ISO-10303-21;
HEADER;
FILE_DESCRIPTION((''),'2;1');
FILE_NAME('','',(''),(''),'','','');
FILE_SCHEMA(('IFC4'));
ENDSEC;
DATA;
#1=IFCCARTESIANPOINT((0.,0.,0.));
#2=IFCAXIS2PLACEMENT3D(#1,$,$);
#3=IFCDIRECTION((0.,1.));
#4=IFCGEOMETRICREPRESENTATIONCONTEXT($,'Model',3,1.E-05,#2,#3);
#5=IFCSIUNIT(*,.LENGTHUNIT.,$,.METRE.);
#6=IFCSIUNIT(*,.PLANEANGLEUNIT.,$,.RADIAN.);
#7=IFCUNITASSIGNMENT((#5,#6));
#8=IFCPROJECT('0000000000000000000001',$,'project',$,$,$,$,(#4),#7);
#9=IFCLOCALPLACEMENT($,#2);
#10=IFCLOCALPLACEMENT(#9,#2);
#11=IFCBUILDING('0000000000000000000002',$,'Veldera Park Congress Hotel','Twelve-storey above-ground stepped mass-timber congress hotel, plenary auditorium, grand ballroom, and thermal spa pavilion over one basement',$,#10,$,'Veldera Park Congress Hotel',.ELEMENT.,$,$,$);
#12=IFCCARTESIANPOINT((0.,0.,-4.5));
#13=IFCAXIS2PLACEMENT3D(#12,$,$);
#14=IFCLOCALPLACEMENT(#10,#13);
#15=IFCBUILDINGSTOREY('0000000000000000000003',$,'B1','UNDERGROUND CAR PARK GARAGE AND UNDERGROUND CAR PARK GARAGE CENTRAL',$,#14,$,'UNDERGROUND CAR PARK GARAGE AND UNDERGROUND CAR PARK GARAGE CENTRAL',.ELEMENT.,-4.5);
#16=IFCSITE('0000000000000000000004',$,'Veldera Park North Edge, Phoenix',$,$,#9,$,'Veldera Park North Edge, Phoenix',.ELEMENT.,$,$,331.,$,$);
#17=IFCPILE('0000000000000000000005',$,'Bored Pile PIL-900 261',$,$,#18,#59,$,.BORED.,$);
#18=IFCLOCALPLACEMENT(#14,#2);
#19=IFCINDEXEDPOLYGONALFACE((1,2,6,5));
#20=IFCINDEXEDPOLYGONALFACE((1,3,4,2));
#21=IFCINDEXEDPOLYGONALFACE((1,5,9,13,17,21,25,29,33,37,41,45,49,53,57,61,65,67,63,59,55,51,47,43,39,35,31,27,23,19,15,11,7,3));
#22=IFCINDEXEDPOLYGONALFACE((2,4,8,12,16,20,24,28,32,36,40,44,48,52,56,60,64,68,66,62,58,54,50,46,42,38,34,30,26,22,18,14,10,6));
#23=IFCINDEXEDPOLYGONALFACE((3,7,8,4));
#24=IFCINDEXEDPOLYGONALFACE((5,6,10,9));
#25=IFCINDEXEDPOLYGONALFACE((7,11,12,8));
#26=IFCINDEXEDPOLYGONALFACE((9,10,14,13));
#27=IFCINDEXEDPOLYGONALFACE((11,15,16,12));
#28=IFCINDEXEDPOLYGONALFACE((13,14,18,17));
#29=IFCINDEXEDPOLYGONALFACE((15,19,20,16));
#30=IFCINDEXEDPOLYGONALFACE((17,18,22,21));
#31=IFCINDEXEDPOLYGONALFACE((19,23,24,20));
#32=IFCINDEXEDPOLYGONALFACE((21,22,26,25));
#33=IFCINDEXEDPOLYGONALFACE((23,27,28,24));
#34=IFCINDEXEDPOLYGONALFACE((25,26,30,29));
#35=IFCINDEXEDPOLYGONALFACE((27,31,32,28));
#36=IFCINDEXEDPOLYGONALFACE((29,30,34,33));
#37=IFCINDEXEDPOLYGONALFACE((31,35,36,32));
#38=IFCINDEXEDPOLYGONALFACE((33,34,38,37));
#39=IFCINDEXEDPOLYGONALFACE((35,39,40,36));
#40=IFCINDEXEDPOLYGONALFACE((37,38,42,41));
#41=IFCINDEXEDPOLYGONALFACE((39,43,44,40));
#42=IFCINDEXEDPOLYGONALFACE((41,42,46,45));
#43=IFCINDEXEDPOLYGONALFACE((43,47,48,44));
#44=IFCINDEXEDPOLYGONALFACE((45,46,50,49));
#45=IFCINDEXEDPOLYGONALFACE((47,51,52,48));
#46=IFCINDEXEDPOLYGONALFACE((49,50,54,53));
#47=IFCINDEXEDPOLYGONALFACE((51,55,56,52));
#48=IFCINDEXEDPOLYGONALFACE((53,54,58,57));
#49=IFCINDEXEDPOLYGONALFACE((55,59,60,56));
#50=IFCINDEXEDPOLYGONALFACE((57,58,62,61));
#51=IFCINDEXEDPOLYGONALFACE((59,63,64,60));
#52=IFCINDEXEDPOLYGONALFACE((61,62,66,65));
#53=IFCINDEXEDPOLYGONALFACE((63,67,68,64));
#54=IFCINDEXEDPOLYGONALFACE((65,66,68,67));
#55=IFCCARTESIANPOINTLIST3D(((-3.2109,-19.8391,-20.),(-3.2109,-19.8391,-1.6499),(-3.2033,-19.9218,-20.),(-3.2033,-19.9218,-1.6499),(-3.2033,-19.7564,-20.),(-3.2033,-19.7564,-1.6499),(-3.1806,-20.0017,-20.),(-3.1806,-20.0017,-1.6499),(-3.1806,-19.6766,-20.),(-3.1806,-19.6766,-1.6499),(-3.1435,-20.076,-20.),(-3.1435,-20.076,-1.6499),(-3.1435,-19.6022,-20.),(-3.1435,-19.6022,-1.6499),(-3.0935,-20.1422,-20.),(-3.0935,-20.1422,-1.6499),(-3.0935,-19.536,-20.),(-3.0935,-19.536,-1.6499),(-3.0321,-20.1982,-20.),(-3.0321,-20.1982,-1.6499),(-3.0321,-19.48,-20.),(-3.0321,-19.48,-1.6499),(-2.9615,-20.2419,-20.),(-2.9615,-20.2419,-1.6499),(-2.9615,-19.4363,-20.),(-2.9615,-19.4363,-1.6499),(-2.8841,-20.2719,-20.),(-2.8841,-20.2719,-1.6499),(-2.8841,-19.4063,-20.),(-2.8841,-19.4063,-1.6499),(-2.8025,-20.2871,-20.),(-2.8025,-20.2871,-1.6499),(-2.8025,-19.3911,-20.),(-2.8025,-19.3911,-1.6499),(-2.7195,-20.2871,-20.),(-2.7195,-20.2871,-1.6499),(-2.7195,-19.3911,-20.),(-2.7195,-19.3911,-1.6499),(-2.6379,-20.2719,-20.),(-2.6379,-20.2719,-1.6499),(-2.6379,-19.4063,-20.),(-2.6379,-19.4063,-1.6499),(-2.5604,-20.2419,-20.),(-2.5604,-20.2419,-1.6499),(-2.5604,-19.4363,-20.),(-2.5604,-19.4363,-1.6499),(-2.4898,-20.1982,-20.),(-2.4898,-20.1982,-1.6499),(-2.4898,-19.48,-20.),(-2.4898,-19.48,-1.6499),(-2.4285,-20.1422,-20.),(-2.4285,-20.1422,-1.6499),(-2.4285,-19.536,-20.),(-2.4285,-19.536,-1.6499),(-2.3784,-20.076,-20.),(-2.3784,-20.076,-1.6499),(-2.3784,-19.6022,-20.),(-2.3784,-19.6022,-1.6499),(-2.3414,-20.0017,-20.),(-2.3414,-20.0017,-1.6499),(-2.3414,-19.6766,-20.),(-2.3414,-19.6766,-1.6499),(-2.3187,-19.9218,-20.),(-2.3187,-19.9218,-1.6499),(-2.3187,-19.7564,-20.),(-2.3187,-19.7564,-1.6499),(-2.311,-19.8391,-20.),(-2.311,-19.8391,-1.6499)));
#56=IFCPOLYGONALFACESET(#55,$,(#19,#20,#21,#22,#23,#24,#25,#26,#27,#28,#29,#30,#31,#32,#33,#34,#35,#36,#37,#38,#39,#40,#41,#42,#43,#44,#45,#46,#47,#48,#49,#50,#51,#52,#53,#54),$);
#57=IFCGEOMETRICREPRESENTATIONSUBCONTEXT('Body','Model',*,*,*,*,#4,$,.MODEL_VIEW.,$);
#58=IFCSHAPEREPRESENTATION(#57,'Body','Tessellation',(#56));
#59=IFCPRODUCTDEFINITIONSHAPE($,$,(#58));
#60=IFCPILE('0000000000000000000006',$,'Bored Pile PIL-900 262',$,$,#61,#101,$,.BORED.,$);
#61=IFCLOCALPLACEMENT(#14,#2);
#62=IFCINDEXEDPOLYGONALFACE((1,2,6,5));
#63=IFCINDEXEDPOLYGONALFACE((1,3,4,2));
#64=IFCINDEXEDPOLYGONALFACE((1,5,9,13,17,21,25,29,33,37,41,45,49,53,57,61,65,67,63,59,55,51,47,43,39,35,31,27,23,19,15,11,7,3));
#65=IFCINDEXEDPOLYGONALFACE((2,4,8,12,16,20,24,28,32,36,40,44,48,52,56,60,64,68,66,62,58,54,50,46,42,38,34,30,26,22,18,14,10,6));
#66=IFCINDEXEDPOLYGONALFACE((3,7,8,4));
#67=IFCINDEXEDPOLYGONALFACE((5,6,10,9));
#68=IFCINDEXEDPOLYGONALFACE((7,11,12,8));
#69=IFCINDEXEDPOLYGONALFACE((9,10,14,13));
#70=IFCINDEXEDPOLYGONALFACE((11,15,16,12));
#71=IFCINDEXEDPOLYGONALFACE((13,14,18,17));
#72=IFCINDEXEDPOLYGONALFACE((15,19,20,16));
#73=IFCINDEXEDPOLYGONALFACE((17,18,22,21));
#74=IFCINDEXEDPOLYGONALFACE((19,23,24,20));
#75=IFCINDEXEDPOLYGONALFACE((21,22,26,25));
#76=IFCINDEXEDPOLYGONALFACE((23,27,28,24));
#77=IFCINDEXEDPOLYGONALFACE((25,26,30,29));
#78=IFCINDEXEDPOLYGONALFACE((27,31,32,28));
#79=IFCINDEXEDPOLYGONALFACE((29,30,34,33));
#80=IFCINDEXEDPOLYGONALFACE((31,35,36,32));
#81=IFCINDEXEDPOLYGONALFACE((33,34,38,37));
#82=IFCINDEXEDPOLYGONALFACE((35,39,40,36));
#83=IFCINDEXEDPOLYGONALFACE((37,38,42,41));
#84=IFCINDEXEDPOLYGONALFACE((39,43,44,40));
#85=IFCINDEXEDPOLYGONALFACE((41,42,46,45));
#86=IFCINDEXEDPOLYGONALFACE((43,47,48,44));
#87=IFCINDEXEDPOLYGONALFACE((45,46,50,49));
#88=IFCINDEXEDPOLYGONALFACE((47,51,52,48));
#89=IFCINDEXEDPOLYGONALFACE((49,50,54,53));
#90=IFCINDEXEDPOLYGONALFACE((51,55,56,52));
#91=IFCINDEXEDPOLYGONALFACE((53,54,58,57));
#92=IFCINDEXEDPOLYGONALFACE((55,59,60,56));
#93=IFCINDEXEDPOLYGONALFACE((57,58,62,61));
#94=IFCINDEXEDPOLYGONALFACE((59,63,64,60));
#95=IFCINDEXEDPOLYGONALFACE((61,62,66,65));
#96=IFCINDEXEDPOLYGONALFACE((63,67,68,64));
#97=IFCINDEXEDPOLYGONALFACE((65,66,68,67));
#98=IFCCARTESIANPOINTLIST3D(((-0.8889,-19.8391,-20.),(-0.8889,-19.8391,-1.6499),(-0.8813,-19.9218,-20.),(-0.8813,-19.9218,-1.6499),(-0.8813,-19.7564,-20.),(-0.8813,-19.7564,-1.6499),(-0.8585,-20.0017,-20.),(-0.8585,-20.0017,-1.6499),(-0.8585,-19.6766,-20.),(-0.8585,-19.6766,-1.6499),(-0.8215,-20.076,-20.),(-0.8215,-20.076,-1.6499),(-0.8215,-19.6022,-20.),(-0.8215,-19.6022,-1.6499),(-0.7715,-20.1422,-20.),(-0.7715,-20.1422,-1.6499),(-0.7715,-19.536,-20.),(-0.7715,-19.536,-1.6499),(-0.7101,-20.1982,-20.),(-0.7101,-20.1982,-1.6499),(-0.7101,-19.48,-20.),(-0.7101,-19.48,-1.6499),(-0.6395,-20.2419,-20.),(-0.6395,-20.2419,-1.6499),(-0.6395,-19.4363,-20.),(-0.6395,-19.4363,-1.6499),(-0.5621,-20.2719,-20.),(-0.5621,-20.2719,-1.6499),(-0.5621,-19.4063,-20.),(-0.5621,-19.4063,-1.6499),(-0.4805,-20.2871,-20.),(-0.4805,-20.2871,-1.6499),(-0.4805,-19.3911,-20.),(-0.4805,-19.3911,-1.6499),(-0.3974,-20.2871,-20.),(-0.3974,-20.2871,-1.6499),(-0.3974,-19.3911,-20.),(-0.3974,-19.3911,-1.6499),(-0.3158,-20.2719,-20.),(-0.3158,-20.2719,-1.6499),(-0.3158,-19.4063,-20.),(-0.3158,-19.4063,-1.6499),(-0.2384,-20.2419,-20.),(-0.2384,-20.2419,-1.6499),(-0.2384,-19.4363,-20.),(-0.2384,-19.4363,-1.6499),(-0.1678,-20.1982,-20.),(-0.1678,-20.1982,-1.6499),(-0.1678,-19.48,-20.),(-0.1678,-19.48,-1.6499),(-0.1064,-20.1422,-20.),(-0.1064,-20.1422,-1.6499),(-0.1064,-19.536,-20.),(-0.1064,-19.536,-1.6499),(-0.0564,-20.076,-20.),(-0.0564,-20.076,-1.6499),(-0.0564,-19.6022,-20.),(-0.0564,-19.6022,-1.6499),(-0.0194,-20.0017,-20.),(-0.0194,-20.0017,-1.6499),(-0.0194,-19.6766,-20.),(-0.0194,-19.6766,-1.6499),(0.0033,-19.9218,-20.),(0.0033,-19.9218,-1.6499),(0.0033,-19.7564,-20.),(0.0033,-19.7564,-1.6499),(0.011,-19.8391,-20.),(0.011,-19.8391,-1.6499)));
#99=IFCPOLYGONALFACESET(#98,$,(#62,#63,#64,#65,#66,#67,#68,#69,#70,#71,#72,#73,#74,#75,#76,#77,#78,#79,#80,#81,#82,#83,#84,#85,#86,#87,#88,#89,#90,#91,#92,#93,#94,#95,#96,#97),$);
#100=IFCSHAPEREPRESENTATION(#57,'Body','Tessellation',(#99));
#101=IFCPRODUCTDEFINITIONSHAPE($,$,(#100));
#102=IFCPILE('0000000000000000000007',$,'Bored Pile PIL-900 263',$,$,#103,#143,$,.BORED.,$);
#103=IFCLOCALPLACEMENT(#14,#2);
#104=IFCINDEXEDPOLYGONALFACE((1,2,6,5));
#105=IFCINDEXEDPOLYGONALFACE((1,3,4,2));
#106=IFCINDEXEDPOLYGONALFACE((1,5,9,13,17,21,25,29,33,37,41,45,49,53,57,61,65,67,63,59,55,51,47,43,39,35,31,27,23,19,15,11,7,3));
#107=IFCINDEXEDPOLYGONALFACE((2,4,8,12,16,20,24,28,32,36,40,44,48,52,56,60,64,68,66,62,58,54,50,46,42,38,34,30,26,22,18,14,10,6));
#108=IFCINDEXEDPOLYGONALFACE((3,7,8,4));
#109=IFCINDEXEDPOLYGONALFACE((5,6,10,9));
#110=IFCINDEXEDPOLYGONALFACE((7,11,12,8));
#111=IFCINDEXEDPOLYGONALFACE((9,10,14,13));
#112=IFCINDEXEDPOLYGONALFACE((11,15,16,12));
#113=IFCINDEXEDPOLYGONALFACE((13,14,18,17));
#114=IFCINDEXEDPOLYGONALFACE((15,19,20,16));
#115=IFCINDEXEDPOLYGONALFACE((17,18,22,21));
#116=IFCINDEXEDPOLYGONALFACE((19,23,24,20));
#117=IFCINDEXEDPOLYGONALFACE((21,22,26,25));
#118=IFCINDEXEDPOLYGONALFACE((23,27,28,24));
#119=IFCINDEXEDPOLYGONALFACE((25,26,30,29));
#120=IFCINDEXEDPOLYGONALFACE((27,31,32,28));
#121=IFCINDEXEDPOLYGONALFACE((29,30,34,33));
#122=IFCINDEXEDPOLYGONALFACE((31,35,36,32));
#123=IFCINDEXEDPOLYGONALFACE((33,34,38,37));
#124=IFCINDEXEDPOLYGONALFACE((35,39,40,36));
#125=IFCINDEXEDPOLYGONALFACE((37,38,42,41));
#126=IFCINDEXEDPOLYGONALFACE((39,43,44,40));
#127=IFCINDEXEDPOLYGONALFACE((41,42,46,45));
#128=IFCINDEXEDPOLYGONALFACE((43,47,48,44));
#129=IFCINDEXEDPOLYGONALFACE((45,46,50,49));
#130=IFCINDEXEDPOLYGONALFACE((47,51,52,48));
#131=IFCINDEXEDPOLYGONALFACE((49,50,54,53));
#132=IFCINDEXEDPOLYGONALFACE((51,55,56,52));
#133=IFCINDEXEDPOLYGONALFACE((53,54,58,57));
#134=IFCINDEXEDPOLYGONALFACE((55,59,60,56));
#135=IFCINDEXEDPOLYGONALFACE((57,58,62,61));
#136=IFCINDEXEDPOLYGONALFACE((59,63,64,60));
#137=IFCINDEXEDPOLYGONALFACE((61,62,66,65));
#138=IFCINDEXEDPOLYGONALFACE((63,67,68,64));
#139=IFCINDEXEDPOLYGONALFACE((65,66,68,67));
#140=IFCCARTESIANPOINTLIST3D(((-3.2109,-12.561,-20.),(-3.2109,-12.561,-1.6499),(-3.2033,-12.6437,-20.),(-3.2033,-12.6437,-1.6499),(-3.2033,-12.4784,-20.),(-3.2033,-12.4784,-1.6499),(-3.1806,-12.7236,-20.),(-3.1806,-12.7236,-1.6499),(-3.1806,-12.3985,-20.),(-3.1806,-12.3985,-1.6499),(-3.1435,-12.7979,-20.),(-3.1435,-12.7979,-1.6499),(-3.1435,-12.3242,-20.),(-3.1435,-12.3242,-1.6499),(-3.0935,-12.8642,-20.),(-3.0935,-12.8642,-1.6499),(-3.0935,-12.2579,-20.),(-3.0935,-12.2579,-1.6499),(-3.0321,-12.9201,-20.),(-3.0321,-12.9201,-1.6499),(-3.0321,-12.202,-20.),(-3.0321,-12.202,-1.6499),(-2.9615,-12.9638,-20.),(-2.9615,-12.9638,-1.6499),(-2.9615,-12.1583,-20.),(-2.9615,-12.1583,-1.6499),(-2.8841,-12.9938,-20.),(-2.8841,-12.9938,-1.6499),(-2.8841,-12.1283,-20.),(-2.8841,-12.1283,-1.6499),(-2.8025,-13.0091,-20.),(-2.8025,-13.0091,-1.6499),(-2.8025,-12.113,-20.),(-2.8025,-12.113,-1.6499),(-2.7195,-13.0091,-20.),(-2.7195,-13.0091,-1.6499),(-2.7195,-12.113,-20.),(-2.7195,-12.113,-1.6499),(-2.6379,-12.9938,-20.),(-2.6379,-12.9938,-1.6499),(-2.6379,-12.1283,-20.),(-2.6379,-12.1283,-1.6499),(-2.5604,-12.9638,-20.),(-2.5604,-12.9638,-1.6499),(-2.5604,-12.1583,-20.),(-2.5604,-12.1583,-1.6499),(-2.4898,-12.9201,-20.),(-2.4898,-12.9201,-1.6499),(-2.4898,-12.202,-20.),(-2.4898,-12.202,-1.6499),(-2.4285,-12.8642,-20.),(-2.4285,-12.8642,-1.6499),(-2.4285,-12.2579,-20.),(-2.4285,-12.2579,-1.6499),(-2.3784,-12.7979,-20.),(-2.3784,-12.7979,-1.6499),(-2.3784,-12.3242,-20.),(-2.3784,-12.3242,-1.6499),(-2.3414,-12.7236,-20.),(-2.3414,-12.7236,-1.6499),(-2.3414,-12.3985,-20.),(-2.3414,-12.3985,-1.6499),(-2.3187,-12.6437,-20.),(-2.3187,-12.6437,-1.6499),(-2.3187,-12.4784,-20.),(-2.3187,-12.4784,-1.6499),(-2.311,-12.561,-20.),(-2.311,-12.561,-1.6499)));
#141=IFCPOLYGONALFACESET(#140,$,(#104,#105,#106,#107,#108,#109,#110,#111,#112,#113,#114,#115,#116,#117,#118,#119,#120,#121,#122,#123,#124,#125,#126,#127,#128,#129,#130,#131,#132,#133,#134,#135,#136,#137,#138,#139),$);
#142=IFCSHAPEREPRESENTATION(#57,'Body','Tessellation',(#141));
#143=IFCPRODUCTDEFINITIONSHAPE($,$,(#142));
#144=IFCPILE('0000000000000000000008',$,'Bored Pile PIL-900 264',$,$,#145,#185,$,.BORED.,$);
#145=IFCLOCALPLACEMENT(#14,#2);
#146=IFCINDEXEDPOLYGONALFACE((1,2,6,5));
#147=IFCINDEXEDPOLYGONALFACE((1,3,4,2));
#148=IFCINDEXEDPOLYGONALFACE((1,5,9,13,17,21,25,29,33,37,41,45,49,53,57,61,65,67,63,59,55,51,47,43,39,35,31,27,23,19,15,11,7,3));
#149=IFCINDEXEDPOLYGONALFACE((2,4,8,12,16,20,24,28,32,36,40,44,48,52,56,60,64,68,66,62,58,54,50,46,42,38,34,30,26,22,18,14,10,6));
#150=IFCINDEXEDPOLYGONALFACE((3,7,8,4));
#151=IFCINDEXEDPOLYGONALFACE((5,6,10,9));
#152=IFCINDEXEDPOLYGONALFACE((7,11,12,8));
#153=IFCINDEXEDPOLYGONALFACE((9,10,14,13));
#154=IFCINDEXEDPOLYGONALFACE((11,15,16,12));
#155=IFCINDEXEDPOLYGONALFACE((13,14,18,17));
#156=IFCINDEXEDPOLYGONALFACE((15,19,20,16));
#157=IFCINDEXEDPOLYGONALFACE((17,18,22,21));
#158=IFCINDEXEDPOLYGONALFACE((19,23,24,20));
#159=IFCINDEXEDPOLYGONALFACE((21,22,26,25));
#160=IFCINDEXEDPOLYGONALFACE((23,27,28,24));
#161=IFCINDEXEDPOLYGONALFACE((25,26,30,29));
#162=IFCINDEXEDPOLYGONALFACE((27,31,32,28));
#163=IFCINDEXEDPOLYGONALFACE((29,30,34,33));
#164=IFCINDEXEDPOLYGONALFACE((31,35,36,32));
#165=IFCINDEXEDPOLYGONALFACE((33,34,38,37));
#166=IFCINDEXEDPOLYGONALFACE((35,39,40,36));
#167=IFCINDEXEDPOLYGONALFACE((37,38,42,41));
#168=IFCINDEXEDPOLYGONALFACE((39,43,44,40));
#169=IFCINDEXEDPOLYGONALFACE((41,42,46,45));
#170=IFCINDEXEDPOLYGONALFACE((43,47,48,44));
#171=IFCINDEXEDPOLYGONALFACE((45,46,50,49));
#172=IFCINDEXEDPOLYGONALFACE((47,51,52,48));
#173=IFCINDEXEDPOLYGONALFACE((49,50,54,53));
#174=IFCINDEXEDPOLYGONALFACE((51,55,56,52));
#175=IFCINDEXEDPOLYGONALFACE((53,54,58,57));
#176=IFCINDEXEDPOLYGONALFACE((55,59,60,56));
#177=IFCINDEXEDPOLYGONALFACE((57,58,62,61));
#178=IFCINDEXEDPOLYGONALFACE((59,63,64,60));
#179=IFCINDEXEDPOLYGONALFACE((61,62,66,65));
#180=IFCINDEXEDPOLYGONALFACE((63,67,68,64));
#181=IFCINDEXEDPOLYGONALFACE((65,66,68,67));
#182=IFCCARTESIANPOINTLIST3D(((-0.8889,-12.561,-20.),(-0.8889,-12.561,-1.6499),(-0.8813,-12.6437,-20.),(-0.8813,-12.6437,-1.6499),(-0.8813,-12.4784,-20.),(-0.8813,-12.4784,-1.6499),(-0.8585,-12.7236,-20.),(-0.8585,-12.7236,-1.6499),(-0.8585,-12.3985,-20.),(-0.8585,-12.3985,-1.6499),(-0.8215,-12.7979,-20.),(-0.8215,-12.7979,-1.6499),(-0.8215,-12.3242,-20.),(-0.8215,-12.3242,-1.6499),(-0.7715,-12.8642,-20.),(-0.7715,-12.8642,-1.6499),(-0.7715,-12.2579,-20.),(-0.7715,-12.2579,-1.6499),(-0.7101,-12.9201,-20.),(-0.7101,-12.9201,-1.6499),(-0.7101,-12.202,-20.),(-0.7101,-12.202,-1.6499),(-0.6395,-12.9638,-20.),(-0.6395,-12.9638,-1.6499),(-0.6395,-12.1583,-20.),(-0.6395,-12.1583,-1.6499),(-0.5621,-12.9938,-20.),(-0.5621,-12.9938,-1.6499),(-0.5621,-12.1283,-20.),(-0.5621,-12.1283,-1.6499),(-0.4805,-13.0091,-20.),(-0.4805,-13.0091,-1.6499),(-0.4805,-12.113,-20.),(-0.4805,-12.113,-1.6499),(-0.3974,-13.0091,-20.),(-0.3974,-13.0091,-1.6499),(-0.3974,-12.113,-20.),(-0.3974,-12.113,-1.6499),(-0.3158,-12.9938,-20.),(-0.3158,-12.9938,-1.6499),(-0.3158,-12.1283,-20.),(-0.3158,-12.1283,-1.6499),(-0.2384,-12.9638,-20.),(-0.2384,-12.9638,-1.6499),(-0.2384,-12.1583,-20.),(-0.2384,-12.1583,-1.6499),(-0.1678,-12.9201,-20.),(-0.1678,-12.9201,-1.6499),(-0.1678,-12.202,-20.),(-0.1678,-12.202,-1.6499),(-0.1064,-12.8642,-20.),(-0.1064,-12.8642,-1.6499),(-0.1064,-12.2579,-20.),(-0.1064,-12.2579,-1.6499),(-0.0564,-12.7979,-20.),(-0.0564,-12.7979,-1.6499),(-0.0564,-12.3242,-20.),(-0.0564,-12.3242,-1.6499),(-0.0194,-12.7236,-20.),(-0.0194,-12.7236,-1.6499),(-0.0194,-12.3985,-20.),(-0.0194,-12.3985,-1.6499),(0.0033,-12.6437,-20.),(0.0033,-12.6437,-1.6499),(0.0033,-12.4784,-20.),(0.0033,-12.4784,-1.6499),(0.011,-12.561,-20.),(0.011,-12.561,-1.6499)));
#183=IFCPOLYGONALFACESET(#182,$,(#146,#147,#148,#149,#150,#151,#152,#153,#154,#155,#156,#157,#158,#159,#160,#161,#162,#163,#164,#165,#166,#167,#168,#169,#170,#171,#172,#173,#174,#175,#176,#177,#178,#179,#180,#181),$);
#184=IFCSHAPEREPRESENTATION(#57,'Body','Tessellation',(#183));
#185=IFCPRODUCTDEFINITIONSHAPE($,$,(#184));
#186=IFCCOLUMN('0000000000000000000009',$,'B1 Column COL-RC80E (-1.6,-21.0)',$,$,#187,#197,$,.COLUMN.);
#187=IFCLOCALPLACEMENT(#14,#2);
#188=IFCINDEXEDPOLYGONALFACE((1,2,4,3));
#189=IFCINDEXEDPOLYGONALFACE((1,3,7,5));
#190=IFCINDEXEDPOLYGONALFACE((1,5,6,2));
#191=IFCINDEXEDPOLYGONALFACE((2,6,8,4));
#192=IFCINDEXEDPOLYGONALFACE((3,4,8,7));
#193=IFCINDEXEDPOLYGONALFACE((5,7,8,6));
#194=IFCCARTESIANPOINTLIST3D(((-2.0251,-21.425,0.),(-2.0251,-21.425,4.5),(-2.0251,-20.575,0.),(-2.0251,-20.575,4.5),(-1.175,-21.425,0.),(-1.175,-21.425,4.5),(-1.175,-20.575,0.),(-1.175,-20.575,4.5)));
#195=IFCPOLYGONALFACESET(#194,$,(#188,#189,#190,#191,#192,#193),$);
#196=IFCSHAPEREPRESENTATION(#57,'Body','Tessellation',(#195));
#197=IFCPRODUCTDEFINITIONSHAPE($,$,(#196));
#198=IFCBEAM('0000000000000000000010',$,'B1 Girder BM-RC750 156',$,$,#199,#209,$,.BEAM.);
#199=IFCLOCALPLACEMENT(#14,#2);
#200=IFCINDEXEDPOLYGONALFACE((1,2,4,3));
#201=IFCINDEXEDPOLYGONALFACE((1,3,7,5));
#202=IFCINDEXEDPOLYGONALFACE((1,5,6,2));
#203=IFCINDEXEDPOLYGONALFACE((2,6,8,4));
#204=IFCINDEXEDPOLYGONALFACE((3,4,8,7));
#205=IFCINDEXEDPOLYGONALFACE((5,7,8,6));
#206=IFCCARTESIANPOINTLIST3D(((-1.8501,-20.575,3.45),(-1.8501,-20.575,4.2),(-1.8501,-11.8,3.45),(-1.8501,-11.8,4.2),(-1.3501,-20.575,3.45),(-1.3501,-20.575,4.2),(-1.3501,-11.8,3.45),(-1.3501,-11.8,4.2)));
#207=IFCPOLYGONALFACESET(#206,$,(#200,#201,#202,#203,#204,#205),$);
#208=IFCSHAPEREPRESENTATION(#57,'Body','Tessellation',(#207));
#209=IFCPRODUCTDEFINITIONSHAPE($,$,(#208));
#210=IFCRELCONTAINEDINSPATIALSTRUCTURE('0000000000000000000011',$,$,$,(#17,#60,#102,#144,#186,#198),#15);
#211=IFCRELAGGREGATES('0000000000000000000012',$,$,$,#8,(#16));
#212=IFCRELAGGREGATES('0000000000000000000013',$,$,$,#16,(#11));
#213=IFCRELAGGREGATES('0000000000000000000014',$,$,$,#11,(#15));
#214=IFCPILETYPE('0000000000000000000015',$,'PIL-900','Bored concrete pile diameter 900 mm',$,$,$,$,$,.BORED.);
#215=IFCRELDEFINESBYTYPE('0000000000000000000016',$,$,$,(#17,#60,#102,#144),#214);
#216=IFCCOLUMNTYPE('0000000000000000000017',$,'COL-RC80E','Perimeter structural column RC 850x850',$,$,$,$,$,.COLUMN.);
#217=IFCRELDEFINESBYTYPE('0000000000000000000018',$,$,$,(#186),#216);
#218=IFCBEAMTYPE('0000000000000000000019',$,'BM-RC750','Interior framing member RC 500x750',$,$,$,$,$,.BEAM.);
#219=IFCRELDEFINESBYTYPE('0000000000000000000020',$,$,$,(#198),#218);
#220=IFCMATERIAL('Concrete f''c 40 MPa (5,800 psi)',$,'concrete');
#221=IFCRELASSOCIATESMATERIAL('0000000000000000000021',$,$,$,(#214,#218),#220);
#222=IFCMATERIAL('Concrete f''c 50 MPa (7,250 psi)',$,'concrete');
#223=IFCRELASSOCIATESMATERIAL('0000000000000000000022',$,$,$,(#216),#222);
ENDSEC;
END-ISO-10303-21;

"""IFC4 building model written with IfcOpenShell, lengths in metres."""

from ifc_helpers import new_model, si_unit, direction, frame, origin, origin_2d, place, context, subcontext, project, spatial, rectangle, circle, extrude, material, material_profile, profile_set, type_object, element, save


model = new_model("IFC4")

# Units and contexts
model_context = context("Model", 3, precision=1e-05, world=origin(), true_north=direction((0.0, 1.0)))
body_context = subcontext(model_context, "Body", "Model", "MODEL_VIEW")
ifc_project = project(units=[si_unit("LENGTHUNIT", "METRE"), si_unit("PLANEANGLEUNIT", "RADIAN")], contexts=[model_context])

# Site, building, storey
site_placement = place(None, origin())
site = spatial("IfcSite", under=ifc_project, at=site_placement, Name="Veldera Park North Edge, Phoenix", LongName="Veldera Park North Edge, Phoenix", CompositionType="ELEMENT", RefElevation=331.0)
building_placement = place(site_placement, origin())
building = spatial("IfcBuilding", under=site, at=building_placement, Name="Veldera Park Congress Hotel", Description="Twelve-storey above-ground stepped mass-timber congress hotel, plenary auditorium, grand ballroom, and thermal spa pavilion over one basement", LongName="Veldera Park Congress Hotel", CompositionType="ELEMENT")
storey_placement = place(building_placement, frame((0.0, 0.0, -4.5)))
storey = spatial("IfcBuildingStorey", under=building, at=storey_placement, Name="B1", Description="UNDERGROUND CAR PARK GARAGE AND UNDERGROUND CAR PARK GARAGE CENTRAL", LongName="UNDERGROUND CAR PARK GARAGE AND UNDERGROUND CAR PARK GARAGE CENTRAL", CompositionType="ELEMENT", Elevation=-4.5)

# Shared definitions
ifc_material_1 = material(Name="Concrete f'c 40 MPa (5,800 psi)", Category="concrete")

# Piles
ifc_material_profile_1 = material_profile(ifc_material_1, circle(Radius=0.45, at=origin_2d()), Name="PILE D900")
ifc_profile_set_1 = profile_set([ifc_material_profile_1], Name="Concrete f'c 40 MPa (5,800 psi)")
pile_type_1 = type_object("IfcPileType", Name="PIL-900", Description="Bored concrete pile diameter 900 mm", PredefinedType="BORED", material=ifc_profile_set_1)
for number, where, z_axis, x_axis, name in (
    (1, (-2.761, -19.8391, -1.6499), (0.0, 0.0, -1.0), (1.0, 0.0, 0.0), "Bored Pile PIL-900 261"),
    (2, (-0.439, -19.8391, -1.6499), (0.0, 0.0, -1.0), (1.0, 0.0, 0.0), "Bored Pile PIL-900 262"),
    (3, (-2.761, -12.561, -1.6499), (0.0, 0.0, -1.0), (1.0, 0.0, 0.0), "Bored Pile PIL-900 263"),
    (4, (-0.439, -12.561, -1.6499), (0.0, 0.0, -1.0), (1.0, 0.0, 0.0), "Bored Pile PIL-900 264"),
):
    element("IfcPile", number, at=place(storey_placement, frame(where, z_axis=z_axis, x_axis=x_axis)), inside=storey, type_object=pile_type_1, Name=name, PredefinedType="BORED", context=body_context, shape_type="SweptSolid", body=[
        extrude(circle(Radius=0.45, at=origin_2d()), origin(), (0.0, 0.0, 1.0), 18.3501),
    ])

# Column
ifc_material_2 = material(Name="Concrete f'c 50 MPa (7,250 psi)", Category="concrete")
ifc_material_profile_2 = material_profile(ifc_material_2, rectangle(XDim=0.8501, YDim=0.8501, at=origin_2d()), Name="RC 850x850")
ifc_profile_set_2 = profile_set([ifc_material_profile_2], Name="Concrete f'c 50 MPa (7,250 psi)")
column_type = type_object("IfcColumnType", Name="COL-RC80E", Description="Perimeter structural column RC 850x850", PredefinedType="COLUMN", material=ifc_profile_set_2)
column_placement = place(storey_placement, frame((-1.6001, -21.0, 0.0), z_axis=(0.0, 0.0, 1.0), x_axis=(1.0, 0.0, 0.0)))
element("IfcColumn", 5, at=column_placement, inside=storey, type_object=column_type, Name="B1 Column COL-RC80E (-1.6,-21.0)", PredefinedType="COLUMN", context=body_context, shape_type="SweptSolid", body=[
    extrude(rectangle(XDim=0.8501, YDim=0.8501, at=origin_2d()), origin(), (0.0, 0.0, 1.0), 4.5),
])

# Beam
ifc_material_profile_3 = material_profile(ifc_material_1, rectangle(XDim=0.5, YDim=0.75, at=origin_2d()), Name="RC 500x750")
ifc_profile_set_3 = profile_set([ifc_material_profile_3], Name="Concrete f'c 40 MPa (5,800 psi)")
beam_type_1 = type_object("IfcBeamType", Name="BM-RC750", Description="Interior framing member RC 500x750", PredefinedType="BEAM", material=ifc_profile_set_3)
beam_1_placement = place(storey_placement, frame((-1.6001, -20.575, 3.825), z_axis=(0.0, 1.0, 0.0), x_axis=(-1.0, 0.0, 0.0)))
element("IfcBeam", 6, at=beam_1_placement, inside=storey, type_object=beam_type_1, Name="B1 Girder BM-RC750 156", PredefinedType="BEAM", context=body_context, shape_type="SweptSolid", body=[
    extrude(rectangle(XDim=0.5, YDim=0.75, at=origin_2d()), origin(), (0.0, 0.0, 1.0), 8.7749),
])

save(model, "model.ifc")
